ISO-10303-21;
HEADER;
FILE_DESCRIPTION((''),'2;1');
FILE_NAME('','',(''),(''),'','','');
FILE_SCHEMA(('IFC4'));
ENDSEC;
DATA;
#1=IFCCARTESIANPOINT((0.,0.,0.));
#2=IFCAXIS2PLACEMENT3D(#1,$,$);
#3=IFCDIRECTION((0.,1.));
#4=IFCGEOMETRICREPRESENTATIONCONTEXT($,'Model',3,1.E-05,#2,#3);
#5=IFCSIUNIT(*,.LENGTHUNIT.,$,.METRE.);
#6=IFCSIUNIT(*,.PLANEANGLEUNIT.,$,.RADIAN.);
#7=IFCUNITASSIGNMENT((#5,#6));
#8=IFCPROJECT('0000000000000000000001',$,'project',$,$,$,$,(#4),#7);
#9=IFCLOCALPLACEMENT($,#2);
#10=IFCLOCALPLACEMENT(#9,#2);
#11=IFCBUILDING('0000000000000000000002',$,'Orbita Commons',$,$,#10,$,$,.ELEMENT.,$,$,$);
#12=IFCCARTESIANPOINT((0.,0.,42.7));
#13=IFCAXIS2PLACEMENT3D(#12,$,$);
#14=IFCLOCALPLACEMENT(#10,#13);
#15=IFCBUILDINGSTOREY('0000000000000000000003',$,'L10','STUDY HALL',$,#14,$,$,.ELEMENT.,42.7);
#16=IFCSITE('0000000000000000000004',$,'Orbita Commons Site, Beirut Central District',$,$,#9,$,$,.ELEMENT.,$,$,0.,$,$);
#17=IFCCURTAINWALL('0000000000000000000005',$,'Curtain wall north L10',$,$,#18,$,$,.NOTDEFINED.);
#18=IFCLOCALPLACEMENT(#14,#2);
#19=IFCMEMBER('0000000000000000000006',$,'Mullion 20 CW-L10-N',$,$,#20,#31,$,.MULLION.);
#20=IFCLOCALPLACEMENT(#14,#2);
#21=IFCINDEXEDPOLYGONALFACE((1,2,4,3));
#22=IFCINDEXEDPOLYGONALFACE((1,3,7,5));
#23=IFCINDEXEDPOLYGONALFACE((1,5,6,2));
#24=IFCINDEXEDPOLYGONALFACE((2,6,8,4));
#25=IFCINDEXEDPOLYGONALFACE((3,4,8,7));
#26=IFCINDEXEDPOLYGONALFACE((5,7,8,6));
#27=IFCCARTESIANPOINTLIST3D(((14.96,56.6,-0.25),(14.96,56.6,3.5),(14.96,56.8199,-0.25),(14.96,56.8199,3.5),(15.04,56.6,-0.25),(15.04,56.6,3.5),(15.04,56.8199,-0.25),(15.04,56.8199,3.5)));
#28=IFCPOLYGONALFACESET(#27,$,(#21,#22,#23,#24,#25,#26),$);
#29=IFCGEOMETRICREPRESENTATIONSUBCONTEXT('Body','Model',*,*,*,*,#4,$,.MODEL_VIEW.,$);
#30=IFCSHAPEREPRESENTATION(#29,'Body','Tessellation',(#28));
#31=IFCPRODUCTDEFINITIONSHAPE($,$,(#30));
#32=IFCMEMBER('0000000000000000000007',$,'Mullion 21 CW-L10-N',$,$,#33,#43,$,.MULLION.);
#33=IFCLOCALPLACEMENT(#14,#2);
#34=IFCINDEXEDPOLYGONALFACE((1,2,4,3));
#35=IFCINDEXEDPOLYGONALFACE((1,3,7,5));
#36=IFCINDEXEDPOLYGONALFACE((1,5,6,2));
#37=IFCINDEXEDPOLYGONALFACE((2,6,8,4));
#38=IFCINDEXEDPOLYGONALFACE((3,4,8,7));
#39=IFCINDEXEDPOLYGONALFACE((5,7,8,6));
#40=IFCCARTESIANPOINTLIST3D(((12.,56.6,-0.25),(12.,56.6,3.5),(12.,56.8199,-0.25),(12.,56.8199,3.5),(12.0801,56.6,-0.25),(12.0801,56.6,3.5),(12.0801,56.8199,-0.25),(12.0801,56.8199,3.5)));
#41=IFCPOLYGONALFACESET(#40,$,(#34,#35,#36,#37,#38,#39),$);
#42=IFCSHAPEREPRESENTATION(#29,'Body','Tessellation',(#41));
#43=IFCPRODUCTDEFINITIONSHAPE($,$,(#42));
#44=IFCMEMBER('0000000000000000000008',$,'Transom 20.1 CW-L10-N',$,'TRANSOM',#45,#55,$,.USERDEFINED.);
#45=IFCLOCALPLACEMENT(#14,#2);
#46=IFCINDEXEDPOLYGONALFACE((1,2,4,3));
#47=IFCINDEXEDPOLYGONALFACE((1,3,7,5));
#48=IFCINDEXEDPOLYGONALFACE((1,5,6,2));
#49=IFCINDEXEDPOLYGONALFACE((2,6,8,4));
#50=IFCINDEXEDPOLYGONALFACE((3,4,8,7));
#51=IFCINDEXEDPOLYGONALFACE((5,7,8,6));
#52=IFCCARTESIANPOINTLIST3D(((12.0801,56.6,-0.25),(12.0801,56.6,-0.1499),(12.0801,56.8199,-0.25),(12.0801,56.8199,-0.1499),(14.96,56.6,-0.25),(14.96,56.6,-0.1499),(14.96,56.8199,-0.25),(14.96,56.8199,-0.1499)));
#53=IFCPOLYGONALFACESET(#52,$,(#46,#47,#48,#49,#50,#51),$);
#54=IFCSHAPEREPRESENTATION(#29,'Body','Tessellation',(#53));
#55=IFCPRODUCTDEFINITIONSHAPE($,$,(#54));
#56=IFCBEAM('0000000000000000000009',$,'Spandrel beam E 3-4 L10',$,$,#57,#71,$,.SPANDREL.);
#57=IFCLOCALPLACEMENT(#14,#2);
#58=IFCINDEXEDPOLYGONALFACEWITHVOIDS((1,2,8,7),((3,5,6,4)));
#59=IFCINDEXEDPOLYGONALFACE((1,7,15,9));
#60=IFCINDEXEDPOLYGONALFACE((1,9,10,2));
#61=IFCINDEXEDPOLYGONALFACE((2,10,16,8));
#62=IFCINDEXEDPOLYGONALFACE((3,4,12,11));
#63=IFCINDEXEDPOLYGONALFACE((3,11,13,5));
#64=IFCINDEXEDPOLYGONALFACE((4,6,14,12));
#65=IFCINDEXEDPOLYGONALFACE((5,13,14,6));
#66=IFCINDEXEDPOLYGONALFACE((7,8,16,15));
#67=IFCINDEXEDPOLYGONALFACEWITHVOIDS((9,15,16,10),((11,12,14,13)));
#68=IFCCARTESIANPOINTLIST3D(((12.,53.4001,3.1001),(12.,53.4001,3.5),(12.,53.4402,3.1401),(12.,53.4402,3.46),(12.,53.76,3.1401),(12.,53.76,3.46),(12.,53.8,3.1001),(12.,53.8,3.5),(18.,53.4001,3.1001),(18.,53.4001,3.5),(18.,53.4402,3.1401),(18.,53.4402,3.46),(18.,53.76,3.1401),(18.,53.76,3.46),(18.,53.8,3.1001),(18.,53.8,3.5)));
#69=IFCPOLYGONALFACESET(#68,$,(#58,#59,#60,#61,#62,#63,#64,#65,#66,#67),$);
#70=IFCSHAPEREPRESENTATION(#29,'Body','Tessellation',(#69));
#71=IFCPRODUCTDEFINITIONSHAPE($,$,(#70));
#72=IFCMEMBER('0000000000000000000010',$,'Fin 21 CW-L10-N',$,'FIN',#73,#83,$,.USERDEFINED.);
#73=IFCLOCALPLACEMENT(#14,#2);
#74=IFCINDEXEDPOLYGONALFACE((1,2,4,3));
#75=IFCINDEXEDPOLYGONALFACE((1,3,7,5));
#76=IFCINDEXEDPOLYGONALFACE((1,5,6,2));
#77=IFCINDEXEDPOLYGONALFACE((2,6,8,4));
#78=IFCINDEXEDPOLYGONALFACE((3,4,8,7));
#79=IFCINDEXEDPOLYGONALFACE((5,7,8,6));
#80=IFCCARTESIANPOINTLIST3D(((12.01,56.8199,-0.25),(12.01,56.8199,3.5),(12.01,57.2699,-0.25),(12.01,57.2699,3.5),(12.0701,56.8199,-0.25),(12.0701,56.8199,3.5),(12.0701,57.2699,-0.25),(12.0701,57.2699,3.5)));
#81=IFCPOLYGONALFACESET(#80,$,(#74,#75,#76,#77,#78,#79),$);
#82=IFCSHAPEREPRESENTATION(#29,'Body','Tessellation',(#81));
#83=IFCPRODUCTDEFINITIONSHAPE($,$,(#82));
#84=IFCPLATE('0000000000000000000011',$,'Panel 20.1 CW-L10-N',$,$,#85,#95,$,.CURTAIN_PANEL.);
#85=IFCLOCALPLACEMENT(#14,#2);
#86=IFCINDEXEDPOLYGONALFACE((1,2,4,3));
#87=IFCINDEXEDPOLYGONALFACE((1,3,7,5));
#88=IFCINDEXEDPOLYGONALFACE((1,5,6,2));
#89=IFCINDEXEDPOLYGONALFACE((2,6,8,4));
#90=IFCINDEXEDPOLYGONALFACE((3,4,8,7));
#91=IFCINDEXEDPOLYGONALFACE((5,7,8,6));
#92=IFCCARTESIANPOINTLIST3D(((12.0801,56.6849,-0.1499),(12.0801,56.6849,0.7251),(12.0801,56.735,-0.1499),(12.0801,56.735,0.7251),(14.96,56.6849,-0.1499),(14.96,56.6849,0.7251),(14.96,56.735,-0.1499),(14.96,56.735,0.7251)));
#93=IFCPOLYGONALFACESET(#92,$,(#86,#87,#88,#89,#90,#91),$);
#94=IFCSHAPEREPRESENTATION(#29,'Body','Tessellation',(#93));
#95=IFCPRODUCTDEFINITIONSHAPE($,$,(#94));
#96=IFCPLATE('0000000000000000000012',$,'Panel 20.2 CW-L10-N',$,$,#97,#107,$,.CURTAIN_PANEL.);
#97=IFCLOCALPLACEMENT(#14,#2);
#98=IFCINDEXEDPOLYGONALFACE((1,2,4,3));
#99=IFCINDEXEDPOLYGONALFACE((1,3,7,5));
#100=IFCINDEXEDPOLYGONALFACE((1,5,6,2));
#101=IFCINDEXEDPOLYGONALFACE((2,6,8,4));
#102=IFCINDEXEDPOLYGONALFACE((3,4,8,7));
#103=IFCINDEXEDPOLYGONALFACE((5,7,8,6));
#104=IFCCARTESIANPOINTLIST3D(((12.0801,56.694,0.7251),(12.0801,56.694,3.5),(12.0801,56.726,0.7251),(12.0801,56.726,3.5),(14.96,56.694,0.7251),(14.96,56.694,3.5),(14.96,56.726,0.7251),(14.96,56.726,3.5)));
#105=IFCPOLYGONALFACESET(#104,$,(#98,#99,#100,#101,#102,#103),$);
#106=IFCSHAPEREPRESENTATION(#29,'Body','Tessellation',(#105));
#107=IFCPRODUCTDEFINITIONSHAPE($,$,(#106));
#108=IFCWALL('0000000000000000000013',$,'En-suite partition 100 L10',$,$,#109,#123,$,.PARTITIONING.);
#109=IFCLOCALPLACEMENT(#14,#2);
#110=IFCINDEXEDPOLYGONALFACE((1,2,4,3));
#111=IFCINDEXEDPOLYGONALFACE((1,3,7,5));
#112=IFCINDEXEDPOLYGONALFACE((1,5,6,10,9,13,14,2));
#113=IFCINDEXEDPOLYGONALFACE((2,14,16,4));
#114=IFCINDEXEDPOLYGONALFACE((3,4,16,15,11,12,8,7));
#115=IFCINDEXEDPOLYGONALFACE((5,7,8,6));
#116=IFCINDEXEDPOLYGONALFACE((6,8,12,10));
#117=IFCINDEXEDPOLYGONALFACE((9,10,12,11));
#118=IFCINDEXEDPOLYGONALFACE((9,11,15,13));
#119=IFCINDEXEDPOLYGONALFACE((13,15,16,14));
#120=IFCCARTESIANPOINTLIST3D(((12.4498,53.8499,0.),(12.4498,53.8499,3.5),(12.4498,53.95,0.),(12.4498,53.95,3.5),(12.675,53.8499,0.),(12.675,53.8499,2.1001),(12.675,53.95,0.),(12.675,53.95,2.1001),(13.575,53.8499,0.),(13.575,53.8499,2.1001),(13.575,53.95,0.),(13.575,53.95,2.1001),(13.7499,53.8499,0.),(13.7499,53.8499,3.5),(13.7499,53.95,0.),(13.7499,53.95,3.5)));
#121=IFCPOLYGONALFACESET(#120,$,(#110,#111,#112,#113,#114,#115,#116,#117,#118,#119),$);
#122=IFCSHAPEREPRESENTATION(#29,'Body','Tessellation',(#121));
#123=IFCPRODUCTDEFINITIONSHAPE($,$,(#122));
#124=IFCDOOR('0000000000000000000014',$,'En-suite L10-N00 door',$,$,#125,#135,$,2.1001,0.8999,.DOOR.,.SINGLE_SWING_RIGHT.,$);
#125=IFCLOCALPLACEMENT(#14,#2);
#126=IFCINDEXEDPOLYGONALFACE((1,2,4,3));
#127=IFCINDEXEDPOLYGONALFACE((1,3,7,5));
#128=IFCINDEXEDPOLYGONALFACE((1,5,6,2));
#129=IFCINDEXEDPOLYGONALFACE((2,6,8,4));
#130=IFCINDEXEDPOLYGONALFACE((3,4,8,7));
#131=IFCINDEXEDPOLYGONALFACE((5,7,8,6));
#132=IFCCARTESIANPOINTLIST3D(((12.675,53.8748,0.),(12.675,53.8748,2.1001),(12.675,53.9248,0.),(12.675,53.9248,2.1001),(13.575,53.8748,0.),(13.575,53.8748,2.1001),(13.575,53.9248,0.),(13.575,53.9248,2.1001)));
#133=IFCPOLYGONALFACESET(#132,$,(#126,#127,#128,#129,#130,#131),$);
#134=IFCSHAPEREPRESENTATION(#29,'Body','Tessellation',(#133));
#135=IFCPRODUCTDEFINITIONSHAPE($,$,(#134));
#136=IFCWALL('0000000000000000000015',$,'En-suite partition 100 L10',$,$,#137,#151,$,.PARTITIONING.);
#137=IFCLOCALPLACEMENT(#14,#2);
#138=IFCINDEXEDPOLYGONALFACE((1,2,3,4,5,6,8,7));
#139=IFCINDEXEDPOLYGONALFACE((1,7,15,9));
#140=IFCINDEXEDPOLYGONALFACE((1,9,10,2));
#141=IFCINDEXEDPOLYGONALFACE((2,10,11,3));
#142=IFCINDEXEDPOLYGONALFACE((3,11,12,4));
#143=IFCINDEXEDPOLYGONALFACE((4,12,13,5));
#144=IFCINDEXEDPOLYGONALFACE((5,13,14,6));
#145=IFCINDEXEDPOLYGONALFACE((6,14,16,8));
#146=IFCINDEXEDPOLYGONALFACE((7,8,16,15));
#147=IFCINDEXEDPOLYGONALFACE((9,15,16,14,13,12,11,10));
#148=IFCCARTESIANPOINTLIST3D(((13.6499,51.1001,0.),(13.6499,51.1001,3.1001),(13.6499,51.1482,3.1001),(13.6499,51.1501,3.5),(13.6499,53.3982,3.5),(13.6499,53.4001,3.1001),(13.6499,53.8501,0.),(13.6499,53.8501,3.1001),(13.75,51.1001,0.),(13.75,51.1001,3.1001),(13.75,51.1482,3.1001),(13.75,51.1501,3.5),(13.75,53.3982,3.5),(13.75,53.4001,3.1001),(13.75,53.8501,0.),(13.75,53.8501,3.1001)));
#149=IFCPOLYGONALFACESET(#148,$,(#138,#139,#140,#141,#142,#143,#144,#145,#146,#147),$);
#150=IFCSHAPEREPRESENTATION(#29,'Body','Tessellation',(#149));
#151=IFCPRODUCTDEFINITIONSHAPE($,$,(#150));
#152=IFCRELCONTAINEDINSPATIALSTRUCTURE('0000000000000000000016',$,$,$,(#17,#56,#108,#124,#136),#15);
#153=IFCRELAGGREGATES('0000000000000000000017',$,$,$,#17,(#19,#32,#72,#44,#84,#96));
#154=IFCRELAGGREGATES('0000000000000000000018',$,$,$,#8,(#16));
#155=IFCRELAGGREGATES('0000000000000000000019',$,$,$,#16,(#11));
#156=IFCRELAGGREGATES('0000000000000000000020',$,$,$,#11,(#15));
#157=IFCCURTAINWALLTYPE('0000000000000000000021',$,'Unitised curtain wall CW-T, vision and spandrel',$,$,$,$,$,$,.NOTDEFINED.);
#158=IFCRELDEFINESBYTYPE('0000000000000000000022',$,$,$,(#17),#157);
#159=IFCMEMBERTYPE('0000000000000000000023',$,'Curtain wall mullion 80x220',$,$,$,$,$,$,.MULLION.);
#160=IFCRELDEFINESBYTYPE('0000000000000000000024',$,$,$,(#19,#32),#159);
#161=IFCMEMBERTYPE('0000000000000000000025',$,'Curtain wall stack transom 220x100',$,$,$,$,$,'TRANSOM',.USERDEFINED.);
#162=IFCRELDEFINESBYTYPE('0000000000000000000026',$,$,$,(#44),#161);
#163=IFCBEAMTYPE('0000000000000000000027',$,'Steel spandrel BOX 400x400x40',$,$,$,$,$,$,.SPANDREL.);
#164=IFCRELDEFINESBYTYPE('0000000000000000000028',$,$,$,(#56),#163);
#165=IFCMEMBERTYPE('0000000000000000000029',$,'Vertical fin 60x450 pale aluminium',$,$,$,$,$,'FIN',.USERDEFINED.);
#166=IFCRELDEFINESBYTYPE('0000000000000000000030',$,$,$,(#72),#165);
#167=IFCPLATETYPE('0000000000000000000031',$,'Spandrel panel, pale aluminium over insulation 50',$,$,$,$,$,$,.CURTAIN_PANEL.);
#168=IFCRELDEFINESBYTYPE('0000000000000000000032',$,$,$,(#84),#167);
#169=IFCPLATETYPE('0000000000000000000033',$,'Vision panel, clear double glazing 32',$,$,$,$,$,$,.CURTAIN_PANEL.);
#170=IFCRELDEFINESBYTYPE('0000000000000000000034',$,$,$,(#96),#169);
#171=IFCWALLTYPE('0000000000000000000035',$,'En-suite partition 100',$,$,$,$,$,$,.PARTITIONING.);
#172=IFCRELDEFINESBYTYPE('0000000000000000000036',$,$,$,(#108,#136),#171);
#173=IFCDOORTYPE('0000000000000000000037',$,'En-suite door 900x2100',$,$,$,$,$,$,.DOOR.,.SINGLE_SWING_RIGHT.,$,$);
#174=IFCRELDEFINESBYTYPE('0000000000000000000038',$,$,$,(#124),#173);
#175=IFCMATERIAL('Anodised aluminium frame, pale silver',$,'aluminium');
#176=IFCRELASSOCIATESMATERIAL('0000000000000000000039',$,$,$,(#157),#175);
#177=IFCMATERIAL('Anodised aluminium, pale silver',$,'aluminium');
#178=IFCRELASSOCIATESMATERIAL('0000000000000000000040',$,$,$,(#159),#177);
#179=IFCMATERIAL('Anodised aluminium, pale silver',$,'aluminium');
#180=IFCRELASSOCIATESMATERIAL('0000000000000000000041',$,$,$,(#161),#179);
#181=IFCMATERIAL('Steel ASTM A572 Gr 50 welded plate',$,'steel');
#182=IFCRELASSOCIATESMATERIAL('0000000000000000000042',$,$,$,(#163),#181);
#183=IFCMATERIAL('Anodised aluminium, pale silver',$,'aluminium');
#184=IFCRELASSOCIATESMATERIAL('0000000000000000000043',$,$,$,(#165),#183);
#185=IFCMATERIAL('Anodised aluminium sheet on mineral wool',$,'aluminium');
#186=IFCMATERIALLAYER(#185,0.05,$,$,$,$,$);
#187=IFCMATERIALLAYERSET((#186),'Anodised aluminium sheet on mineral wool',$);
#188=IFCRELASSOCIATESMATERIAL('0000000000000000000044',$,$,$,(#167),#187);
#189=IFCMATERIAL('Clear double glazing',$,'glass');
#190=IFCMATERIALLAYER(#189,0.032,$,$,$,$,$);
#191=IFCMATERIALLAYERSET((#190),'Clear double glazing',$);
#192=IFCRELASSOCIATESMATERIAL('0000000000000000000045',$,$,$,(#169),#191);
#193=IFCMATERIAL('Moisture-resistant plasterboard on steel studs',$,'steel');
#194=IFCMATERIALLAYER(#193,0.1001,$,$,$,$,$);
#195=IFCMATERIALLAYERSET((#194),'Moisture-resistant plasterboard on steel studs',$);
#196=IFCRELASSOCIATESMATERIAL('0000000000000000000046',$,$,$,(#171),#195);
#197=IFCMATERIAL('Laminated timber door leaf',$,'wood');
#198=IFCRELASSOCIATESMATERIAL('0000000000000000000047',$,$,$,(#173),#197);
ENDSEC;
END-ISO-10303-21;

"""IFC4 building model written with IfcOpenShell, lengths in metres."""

from ifc_helpers import new_model, si_unit, direction, frame, frame_2d, origin, origin_2d, place, context, subcontext, project, spatial, polyline, rectangle, hollow_rectangle, outline, extrude, material, layer, layer_set, material_profile, profile_set, type_object, element, fill, aggregate, save


model = new_model("IFC4")

# Units and contexts
model_context = context("Model", 3, precision=1e-05, world=origin(), true_north=direction((0.0, 1.0)))
body_context = subcontext(model_context, "Body", "Model", "MODEL_VIEW")
ifc_project = project(units=[si_unit("LENGTHUNIT", "METRE"), si_unit("PLANEANGLEUNIT", "RADIAN")], contexts=[model_context])

# Site, building, storey
site_placement = place(None, origin())
site = spatial("IfcSite", under=ifc_project, at=site_placement, Name="Orbita Commons Site, Beirut Central District", CompositionType="ELEMENT", RefElevation=0.0)
building_placement = place(site_placement, origin())
building = spatial("IfcBuilding", under=site, at=building_placement, Name="Orbita Commons", CompositionType="ELEMENT")
storey_placement = place(building_placement, frame((0.0, 0.0, 42.7)))
storey = spatial("IfcBuildingStorey", under=building, at=storey_placement, Name="L10", Description="STUDY HALL", CompositionType="ELEMENT", Elevation=42.7)

# Curtain wall, members
ifc_material_1 = material(Name="Anodised aluminium frame, pale silver", Category="aluminium")
curtain_wall_type = type_object("IfcCurtainWallType", Name="Unitised curtain wall CW-T, vision and spandrel", PredefinedType="NOTDEFINED", material=ifc_material_1)
curtain_wall_placement = place(storey_placement, origin())
curtain_wall = element("IfcCurtainWall", 1, at=curtain_wall_placement, inside=storey, type_object=curtain_wall_type, Name="Curtain wall north L10", PredefinedType="NOTDEFINED")
ifc_material_2 = material(Name="Anodised aluminium, pale silver", Category="aluminium")
ifc_material_profile_1 = material_profile(ifc_material_2, rectangle(XDim=0.0801, YDim=0.22, at=origin_2d()), Name="AL 80x220")
ifc_profile_set_1 = profile_set([ifc_material_profile_1], Name="Anodised aluminium, pale silver")
member_type_1 = type_object("IfcMemberType", Name="Curtain wall mullion 80x220", PredefinedType="MULLION", material=ifc_profile_set_1)
member_1_placement = place(storey_placement, frame((15.0, 56.71, -0.25), z_axis=(0.0, 0.0, 1.0), x_axis=(-1.0, 0.0, 0.0)))
member_1 = element("IfcMember", 2, at=member_1_placement, type_object=member_type_1, Name="Mullion 20 CW-L10-N", PredefinedType="MULLION", context=body_context, shape_type="SweptSolid", body=[
    extrude(rectangle(XDim=0.0801, YDim=0.22, at=origin_2d()), origin(), (0.0, 0.0, 1.0), 3.75),
])
member_2_placement = place(storey_placement, frame((12.04, 56.71, -0.25), z_axis=(0.0, 0.0, 1.0), x_axis=(-1.0, 0.0, 0.0)))
member_2 = element("IfcMember", 3, at=member_2_placement, type_object=member_type_1, Name="Mullion 21 CW-L10-N", PredefinedType="MULLION", context=body_context, shape_type="SweptSolid", body=[
    extrude(rectangle(XDim=0.0801, YDim=0.22, at=origin_2d()), origin(), (0.0, 0.0, 1.0), 3.75),
])
ifc_material_3 = material(Name="Anodised aluminium, pale silver", Category="aluminium")
ifc_material_profile_2 = material_profile(ifc_material_3, rectangle(XDim=0.22, YDim=0.1001, at=origin_2d()), Name="AL 220x100")
ifc_profile_set_2 = profile_set([ifc_material_profile_2], Name="Anodised aluminium, pale silver")
member_type_2 = type_object("IfcMemberType", Name="Curtain wall stack transom 220x100", ElementType="TRANSOM", PredefinedType="USERDEFINED", material=ifc_profile_set_2)
member_3_placement = place(storey_placement, frame((14.96, 56.71, -0.2), z_axis=(-1.0, 0.0, 0.0), x_axis=(0.0, -1.0, 0.0)))
member_3 = element("IfcMember", 4, at=member_3_placement, type_object=member_type_2, Name="Transom 20.1 CW-L10-N", ObjectType="TRANSOM", PredefinedType="USERDEFINED", context=body_context, shape_type="SweptSolid", body=[
    extrude(rectangle(XDim=0.22, YDim=0.1001, at=origin_2d()), origin(), (0.0, 0.0, 1.0), 2.8799),
])

# Beam
ifc_material_4 = material(Name="Steel ASTM A572 Gr 50 welded plate", Category="steel")
ifc_material_profile_3 = material_profile(ifc_material_4, hollow_rectangle(XDim=0.3999, YDim=0.3999, WallThickness=0.04, at=origin_2d()), Name="BOX 400x400x40")
ifc_profile_set_3 = profile_set([ifc_material_profile_3], Name="Steel ASTM A572 Gr 50 welded plate")
beam_type = type_object("IfcBeamType", Name="Steel spandrel BOX 400x400x40", PredefinedType="SPANDREL", material=ifc_profile_set_3)
beam_placement = place(storey_placement, frame((12.0, 53.6001, 3.3), z_axis=(1.0, 0.0, 0.0), x_axis=(0.0, 1.0, 0.0)))
element("IfcBeam", 5, at=beam_placement, inside=storey, type_object=beam_type, Name="Spandrel beam E 3-4 L10", PredefinedType="SPANDREL", context=body_context, shape_type="SweptSolid", body=[
    extrude(hollow_rectangle(XDim=0.3999, YDim=0.3999, WallThickness=0.04, at=origin_2d()), origin(), (0.0, 0.0, 1.0), 6.0),
])

# Member
ifc_material_5 = material(Name="Anodised aluminium, pale silver", Category="aluminium")
ifc_material_profile_4 = material_profile(ifc_material_5, rectangle(XDim=0.0601, YDim=0.45, at=origin_2d()), Name="FIN 60x450")
ifc_profile_set_4 = profile_set([ifc_material_profile_4], Name="Anodised aluminium, pale silver")
member_type_3 = type_object("IfcMemberType", Name="Vertical fin 60x450 pale aluminium", ElementType="FIN", PredefinedType="USERDEFINED", material=ifc_profile_set_4)
member_4_placement = place(storey_placement, frame((12.04, 57.0449, -0.25), z_axis=(0.0, 0.0, 1.0), x_axis=(-1.0, 0.0, 0.0)))
member_4 = element("IfcMember", 6, at=member_4_placement, type_object=member_type_3, Name="Fin 21 CW-L10-N", ObjectType="FIN", PredefinedType="USERDEFINED", context=body_context, shape_type="SweptSolid", body=[
    extrude(rectangle(XDim=0.0601, YDim=0.45, at=origin_2d()), origin(), (0.0, 0.0, 1.0), 3.75),
])

# Plates
ifc_material_6 = material(Name="Anodised aluminium sheet on mineral wool", Category="aluminium")
ifc_layer_1 = layer(ifc_material_6, 0.05)
ifc_layer_set_1 = layer_set([ifc_layer_1], Name="Anodised aluminium sheet on mineral wool")
plate_type_1 = type_object("IfcPlateType", Name="Spandrel panel, pale aluminium over insulation 50", PredefinedType="CURTAIN_PANEL", material=ifc_layer_set_1)
plate_1_placement = place(storey_placement, frame((13.52, 56.71, -0.1499), z_axis=(0.0, 0.0, 1.0), x_axis=(-1.0, 0.0, 0.0)))
plate_1 = element("IfcPlate", 7, at=plate_1_placement, type_object=plate_type_1, Name="Panel 20.1 CW-L10-N", PredefinedType="CURTAIN_PANEL", context=body_context, shape_type="SweptSolid", body=[
    extrude(rectangle(XDim=2.8799, YDim=0.05, at=origin_2d()), origin(), (0.0, 0.0, 1.0), 0.875),
])
ifc_material_7 = material(Name="Clear double glazing", Category="glass")
ifc_layer_2 = layer(ifc_material_7, 0.032)
ifc_layer_set_2 = layer_set([ifc_layer_2], Name="Clear double glazing")
plate_type_2 = type_object("IfcPlateType", Name="Vision panel, clear double glazing 32", PredefinedType="CURTAIN_PANEL", material=ifc_layer_set_2)
plate_2_placement = place(storey_placement, frame((13.52, 56.71, 0.7251), z_axis=(0.0, 0.0, 1.0), x_axis=(-1.0, 0.0, 0.0)))
plate_2 = element("IfcPlate", 8, at=plate_2_placement, type_object=plate_type_2, Name="Panel 20.2 CW-L10-N", PredefinedType="CURTAIN_PANEL", context=body_context, shape_type="SweptSolid", body=[
    extrude(rectangle(XDim=2.8799, YDim=0.032, at=origin_2d()), origin(), (0.0, 0.0, 1.0), 2.7749),
])
aggregate(curtain_wall, [member_1, member_2, member_4, member_3, plate_1, plate_2])

# Wall, opening, door
ifc_material_8 = material(Name="Moisture-resistant plasterboard on steel studs", Category="steel")
ifc_layer_3 = layer(ifc_material_8, 0.1001)
ifc_layer_set_3 = layer_set([ifc_layer_3], Name="Moisture-resistant plasterboard on steel studs")
wall_type_1 = type_object("IfcWallType", Name="En-suite partition 100", PredefinedType="PARTITIONING", material=ifc_layer_set_3)
wall_1_placement = place(storey_placement, frame((12.45, 53.8999, 0.0), z_axis=(0.0, 0.0, 1.0), x_axis=(1.0, 0.0, 0.0)))
wall_1 = element("IfcWall", 9, at=wall_1_placement, inside=storey, type_object=wall_type_1, Name="En-suite partition 100 L10", PredefinedType="PARTITIONING", context=body_context, shape_type="SweptSolid", body=[
    extrude(rectangle(XDim=1.3, YDim=0.1001, at=frame_2d((0.6499, 0.0))), origin(), (0.0, 0.0, 1.0), 3.5),
])
opening_1_placement = place(wall_1_placement, frame((0.2251, 0.0, 0.0)))
opening_1 = element("IfcOpeningElement", 10, at=opening_1_placement, cuts=wall_1, PredefinedType="OPENING", context=body_context, shape_type="SweptSolid", body=[
    extrude(rectangle(XDim=0.8999, YDim=2.1001, at=frame_2d((0.45, 1.05))), frame((0.0, 0.0601, 0.0), z_axis=(0.0, -1.0, 0.0), x_axis=(1.0, 0.0, 0.0)), (0.0, 0.0, 1.0), 0.1201),
])
ifc_material_9 = material(Name="Laminated timber door leaf", Category="wood")
door_type = type_object("IfcDoorType", Name="En-suite door 900x2100", OperationType="SINGLE_SWING_RIGHT", PredefinedType="DOOR", material=ifc_material_9)
door_1_placement = place(opening_1_placement, origin())
door_1 = element("IfcDoor", 11, at=door_1_placement, inside=storey, type_object=door_type, Name="En-suite L10-N00 door", OperationType="SINGLE_SWING_RIGHT", OverallHeight=2.1001, OverallWidth=0.8999, PredefinedType="DOOR", context=body_context, shape_type="SweptSolid", body=[
    extrude(rectangle(XDim=0.8999, YDim=2.1001, at=frame_2d((0.45, 1.05))), frame((0.0, 0.0249, 0.0), z_axis=(0.0, -1.0, 0.0), x_axis=(1.0, 0.0, 0.0)), (0.0, 0.0, 1.0), 0.05),
])
fill(opening_1, door_1)

# Wall
wall_2_placement = place(storey_placement, frame((13.7, 53.8501, 0.0), z_axis=(0.0, 0.0, 1.0), x_axis=(0.0, -1.0, 0.0)))
element("IfcWall", 12, at=wall_2_placement, inside=storey, type_object=wall_type_1, Name="En-suite partition 100 L10", PredefinedType="PARTITIONING", context=body_context, shape_type="SweptSolid", body=[
    extrude(outline(polyline([(0.0, 0.0), (2.75, 0.0), (2.75, 3.1001), (2.7019, 3.1001), (2.7, 3.5), (0.4519, 3.5), (0.45, 3.1001), (0.0, 3.1001), (0.0, 0.0)])), frame((0.0, 0.05, 0.0), z_axis=(0.0, -1.0, 0.0), x_axis=(1.0, 0.0, 0.0)), (0.0, 0.0, 1.0), 0.1001),
])

save(model, "model.ifc")
